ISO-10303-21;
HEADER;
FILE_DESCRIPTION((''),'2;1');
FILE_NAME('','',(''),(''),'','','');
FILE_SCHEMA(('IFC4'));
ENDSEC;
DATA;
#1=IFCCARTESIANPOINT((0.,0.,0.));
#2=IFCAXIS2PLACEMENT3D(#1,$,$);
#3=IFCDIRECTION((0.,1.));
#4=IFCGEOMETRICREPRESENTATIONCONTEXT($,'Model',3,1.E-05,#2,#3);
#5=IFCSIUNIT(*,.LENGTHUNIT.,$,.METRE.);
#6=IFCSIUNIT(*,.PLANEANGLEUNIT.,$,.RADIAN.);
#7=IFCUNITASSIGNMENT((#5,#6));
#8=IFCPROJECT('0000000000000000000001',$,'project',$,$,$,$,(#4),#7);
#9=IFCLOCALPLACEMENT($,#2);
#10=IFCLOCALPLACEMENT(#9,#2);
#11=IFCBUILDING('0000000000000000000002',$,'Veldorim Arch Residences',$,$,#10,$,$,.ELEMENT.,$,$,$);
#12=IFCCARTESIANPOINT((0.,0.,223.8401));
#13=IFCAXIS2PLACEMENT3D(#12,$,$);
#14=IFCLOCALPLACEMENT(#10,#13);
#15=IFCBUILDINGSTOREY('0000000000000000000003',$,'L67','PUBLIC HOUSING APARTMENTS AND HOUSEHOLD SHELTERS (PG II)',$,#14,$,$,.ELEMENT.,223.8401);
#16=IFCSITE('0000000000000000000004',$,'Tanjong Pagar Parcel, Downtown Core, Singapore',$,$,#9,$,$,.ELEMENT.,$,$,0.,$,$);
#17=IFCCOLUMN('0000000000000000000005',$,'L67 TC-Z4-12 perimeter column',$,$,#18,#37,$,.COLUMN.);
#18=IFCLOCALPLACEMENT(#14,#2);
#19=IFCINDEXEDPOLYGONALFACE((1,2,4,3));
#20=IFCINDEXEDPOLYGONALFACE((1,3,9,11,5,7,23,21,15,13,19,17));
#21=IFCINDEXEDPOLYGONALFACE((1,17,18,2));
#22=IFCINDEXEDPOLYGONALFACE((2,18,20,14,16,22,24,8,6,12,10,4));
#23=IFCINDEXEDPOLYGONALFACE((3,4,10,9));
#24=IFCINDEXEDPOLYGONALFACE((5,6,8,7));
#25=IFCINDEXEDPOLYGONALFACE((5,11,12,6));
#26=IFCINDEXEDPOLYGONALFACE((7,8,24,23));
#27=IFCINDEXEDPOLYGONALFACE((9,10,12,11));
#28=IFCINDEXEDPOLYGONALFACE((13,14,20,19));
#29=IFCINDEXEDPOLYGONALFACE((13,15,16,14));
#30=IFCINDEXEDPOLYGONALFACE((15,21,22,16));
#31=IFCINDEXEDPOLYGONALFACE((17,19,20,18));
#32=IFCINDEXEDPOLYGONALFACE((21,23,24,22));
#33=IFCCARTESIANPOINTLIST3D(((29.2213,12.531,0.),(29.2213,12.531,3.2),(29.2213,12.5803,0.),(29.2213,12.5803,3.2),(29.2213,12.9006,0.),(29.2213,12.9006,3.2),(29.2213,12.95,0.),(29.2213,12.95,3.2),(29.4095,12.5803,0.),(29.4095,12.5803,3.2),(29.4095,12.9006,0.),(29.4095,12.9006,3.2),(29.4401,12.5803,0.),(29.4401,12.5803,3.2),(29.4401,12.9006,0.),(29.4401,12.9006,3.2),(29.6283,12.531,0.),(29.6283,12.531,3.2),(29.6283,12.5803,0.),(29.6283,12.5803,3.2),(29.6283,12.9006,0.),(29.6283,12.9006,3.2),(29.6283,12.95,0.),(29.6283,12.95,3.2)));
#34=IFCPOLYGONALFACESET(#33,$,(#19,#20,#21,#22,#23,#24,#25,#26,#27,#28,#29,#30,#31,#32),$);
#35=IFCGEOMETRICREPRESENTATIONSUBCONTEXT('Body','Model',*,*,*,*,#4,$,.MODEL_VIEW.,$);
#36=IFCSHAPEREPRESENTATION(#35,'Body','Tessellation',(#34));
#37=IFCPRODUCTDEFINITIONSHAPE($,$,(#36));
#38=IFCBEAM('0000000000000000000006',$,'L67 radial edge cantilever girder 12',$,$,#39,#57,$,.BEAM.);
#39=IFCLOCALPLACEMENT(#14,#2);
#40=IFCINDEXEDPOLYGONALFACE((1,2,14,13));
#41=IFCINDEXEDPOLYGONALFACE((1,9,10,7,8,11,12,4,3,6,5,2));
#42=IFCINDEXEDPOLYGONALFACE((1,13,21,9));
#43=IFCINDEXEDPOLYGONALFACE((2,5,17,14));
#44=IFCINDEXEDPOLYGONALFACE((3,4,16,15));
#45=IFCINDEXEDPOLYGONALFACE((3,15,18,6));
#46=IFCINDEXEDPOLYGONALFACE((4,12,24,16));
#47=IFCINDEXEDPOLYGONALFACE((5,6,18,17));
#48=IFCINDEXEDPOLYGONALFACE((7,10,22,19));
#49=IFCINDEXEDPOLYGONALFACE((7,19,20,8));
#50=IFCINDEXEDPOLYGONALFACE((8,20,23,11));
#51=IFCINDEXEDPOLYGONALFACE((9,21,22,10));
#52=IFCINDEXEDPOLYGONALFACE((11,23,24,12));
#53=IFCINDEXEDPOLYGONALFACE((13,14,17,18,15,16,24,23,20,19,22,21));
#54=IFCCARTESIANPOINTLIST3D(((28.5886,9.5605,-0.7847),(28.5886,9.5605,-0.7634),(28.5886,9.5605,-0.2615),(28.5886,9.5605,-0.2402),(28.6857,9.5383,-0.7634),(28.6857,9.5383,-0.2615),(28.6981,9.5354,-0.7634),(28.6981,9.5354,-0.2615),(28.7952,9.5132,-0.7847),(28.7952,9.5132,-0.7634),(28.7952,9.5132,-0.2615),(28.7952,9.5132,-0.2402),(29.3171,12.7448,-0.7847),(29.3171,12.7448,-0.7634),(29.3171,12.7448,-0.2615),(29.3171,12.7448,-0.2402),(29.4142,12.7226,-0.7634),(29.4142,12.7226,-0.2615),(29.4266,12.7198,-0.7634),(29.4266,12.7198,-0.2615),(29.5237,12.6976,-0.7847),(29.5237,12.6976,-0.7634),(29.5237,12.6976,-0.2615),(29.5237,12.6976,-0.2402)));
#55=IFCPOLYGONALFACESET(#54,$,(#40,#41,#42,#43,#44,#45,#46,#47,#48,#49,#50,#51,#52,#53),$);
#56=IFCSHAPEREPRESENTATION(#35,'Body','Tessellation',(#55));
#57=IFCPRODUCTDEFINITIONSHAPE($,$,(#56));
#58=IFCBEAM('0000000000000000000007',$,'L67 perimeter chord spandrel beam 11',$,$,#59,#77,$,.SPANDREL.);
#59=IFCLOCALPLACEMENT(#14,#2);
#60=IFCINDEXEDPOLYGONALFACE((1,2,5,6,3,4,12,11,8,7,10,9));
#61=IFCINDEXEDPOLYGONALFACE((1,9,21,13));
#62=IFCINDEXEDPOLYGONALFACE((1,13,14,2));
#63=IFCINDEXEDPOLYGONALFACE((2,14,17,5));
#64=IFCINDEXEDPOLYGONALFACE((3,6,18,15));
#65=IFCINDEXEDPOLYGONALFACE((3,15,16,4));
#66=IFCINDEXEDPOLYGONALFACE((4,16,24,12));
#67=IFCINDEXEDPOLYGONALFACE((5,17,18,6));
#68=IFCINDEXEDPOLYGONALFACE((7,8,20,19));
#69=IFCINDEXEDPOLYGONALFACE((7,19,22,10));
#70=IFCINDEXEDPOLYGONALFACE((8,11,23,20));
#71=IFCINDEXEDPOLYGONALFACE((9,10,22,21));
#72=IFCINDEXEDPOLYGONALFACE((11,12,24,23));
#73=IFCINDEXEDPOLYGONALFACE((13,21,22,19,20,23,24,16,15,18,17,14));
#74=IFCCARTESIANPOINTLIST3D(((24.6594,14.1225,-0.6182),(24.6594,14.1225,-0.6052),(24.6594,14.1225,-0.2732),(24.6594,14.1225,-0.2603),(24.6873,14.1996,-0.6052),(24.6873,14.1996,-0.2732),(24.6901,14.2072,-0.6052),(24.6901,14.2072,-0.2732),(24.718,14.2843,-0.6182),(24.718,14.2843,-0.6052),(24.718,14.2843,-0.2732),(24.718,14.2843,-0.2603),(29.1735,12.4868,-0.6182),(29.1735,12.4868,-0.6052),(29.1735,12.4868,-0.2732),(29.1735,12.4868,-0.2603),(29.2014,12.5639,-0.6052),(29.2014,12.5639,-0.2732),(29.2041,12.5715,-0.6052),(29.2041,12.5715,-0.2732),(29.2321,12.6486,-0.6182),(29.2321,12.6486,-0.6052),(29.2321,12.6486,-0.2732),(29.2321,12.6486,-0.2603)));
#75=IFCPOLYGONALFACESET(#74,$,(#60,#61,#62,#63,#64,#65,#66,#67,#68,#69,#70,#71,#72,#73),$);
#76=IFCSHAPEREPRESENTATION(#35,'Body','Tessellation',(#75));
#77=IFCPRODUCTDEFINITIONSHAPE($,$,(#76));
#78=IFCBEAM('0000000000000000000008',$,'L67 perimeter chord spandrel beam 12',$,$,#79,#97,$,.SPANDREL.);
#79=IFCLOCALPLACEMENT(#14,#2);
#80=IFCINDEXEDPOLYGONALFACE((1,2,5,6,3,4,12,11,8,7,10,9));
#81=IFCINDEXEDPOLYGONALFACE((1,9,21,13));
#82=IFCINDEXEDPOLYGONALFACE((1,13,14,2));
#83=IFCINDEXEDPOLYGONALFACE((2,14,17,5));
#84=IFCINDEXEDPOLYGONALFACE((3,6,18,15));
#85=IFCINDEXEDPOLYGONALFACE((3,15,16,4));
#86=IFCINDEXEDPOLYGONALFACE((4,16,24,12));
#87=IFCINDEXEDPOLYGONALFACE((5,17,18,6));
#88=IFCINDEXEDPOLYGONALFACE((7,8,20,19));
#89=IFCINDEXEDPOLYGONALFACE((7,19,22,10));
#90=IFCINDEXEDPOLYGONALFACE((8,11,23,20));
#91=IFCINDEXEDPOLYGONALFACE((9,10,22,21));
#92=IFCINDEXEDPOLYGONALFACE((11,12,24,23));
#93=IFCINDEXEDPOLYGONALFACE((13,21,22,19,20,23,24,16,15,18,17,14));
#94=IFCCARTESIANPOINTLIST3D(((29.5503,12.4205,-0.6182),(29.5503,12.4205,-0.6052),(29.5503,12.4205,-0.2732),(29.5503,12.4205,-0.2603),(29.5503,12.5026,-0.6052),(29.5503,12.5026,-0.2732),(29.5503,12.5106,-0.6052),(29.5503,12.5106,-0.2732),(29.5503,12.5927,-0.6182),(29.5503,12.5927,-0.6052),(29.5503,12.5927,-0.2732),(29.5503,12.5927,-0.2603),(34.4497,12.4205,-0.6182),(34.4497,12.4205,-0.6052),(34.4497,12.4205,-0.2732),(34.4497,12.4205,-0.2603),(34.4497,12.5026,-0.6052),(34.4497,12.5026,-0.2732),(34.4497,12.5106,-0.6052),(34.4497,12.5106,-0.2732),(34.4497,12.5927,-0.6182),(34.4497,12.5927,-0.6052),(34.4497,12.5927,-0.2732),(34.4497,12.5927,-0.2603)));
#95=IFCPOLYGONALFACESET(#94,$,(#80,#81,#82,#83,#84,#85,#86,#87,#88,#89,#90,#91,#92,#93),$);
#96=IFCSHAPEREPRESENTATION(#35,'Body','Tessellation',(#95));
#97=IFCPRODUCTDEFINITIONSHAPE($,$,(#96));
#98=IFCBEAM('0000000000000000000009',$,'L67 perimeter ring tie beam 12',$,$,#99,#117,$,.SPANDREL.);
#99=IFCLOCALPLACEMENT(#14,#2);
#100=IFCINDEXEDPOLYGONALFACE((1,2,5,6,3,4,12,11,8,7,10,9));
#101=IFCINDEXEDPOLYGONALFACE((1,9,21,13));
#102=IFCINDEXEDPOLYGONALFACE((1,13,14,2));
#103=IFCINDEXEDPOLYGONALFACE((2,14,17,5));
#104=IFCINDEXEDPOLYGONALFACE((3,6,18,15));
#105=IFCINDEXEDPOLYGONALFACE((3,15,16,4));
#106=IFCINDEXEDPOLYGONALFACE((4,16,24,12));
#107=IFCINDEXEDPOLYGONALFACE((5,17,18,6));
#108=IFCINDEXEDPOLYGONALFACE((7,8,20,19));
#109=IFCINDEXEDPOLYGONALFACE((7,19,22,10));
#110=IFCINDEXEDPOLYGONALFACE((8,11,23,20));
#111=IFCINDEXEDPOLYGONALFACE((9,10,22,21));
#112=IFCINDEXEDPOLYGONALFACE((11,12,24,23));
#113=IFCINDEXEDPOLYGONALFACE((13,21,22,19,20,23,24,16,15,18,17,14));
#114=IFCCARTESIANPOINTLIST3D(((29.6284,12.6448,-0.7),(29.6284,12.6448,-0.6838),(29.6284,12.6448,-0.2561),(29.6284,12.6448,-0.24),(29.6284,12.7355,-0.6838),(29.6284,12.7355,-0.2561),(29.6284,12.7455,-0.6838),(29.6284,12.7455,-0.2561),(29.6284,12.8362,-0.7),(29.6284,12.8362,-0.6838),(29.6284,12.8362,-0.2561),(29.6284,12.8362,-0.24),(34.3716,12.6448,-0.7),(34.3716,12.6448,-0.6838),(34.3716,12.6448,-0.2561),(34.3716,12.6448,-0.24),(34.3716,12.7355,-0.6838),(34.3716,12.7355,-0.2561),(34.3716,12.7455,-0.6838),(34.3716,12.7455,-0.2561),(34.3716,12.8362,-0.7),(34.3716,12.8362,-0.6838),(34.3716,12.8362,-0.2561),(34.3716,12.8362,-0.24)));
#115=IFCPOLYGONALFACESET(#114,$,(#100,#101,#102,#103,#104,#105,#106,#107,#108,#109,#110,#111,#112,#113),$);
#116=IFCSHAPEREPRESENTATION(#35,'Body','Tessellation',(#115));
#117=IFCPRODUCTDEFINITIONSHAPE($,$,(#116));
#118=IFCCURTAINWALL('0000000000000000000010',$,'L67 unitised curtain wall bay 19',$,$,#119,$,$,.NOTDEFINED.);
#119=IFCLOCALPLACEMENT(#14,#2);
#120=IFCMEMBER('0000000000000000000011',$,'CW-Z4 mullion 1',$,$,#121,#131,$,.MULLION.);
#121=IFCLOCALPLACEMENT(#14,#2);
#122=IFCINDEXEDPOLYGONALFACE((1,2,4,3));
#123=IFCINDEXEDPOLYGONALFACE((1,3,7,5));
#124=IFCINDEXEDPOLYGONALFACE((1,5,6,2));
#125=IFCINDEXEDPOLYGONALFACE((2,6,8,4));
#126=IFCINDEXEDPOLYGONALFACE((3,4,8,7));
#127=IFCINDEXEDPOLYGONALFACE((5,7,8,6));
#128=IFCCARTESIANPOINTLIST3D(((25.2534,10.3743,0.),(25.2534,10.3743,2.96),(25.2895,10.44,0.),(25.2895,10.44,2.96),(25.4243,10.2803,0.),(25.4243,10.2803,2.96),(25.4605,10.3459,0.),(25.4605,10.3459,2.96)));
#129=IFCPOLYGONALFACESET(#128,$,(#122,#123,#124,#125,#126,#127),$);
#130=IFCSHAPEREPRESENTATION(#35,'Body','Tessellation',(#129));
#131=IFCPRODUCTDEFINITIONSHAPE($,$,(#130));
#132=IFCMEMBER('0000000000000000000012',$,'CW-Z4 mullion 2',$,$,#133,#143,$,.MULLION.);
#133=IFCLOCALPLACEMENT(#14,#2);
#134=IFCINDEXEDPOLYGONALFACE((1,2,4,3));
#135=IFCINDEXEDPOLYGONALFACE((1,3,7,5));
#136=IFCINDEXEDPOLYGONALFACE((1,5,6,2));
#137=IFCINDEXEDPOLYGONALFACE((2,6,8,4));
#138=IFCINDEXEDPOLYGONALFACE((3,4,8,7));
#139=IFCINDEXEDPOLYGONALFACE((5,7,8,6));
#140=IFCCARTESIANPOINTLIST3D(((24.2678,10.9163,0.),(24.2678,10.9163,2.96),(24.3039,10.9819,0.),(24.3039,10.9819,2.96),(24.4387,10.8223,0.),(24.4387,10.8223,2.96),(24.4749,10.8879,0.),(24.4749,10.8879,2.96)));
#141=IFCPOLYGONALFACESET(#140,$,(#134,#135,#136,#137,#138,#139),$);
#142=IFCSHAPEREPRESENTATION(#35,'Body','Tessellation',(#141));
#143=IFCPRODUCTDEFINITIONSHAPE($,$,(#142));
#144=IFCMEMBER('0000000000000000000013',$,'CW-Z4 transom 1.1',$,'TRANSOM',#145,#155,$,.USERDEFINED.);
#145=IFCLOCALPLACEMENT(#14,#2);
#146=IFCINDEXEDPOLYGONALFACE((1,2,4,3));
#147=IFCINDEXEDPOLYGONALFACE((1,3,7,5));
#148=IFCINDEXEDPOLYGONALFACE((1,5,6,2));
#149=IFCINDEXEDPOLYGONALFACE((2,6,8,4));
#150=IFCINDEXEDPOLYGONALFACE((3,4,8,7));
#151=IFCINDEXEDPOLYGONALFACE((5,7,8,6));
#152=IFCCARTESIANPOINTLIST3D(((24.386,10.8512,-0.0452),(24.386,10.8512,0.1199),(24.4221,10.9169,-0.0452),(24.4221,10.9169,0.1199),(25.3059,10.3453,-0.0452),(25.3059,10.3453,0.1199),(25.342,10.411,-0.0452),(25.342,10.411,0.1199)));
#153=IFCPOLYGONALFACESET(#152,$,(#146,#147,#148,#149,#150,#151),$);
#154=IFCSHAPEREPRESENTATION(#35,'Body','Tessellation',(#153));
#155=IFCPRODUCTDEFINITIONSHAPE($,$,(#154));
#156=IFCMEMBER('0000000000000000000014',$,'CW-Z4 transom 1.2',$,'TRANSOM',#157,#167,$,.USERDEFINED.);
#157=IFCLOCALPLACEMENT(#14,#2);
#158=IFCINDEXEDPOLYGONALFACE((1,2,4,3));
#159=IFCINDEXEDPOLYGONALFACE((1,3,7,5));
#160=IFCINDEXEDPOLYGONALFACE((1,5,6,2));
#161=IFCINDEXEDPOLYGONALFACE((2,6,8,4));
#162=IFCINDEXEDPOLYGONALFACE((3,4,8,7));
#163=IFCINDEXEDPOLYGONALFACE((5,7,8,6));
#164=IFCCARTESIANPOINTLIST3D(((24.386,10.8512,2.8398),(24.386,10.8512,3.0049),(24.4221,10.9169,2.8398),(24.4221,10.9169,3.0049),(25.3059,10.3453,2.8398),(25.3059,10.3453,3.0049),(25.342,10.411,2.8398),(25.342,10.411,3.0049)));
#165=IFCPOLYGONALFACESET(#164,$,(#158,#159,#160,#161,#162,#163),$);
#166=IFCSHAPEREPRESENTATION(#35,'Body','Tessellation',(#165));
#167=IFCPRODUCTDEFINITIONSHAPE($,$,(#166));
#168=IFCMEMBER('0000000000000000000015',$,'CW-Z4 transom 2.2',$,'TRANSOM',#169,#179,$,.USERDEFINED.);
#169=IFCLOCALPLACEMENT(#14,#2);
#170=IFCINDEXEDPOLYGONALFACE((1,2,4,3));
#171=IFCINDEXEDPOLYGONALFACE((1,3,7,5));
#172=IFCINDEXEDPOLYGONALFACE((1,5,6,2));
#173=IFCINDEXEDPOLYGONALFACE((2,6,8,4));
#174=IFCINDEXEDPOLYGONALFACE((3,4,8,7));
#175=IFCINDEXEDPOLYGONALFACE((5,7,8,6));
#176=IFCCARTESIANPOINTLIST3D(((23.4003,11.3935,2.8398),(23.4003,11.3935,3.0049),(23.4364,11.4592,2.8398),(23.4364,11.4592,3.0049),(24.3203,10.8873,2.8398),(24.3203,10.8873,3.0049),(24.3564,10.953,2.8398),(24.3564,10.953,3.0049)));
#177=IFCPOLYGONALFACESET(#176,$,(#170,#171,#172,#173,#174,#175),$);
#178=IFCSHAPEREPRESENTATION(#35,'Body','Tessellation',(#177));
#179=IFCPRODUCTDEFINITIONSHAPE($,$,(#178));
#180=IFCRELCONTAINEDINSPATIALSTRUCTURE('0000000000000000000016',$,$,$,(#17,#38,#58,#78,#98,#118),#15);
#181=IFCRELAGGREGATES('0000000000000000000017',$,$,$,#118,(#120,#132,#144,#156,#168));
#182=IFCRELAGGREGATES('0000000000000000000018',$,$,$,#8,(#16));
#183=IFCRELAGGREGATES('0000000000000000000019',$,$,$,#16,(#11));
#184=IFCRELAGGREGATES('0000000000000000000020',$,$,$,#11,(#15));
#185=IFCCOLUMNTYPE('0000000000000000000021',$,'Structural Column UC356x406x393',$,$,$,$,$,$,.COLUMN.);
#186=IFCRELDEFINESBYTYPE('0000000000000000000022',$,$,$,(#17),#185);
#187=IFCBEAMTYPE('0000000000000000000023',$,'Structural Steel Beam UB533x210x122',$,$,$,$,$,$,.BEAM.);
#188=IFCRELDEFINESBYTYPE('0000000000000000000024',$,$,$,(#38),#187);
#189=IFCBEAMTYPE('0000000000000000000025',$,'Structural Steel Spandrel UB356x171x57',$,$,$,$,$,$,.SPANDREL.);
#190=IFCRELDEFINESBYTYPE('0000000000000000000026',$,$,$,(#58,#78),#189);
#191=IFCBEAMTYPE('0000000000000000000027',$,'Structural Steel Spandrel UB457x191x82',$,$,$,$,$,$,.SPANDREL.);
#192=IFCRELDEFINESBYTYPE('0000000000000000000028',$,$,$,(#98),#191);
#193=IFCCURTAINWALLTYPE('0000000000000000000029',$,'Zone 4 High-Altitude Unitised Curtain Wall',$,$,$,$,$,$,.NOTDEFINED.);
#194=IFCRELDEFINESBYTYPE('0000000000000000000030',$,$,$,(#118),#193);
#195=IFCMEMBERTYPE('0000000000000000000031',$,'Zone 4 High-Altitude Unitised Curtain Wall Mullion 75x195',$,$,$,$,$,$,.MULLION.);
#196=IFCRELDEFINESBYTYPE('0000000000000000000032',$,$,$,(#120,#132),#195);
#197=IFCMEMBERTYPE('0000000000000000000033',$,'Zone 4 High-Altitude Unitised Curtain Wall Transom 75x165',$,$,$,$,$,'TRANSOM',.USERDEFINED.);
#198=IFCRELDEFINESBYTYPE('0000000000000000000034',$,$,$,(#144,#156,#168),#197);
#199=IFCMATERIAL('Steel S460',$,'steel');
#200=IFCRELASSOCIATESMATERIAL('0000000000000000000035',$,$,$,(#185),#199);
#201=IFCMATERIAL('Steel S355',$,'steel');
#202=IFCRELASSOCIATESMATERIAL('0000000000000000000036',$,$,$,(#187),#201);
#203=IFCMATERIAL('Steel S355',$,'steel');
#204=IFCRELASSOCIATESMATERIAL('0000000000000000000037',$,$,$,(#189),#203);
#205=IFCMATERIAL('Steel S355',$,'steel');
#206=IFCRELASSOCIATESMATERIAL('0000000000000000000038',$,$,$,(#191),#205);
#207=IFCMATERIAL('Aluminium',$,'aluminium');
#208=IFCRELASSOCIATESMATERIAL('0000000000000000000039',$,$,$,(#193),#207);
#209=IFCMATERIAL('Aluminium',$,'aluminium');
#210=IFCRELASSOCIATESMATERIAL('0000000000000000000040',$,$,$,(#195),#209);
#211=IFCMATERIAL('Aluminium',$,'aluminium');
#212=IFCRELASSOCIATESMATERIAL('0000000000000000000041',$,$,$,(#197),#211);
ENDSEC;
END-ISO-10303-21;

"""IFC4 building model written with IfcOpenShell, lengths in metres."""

from ifc_helpers import new_model, si_unit, direction, frame, origin, origin_2d, place, context, subcontext, project, spatial, rectangle, i_section, extrude, material, material_profile, profile_set, type_object, element, aggregate, save


model = new_model("IFC4")

# Units and contexts
model_context = context("Model", 3, precision=1e-05, world=origin(), true_north=direction((0.0, 1.0)))
body_context = subcontext(model_context, "Body", "Model", "MODEL_VIEW")
ifc_project = project(units=[si_unit("LENGTHUNIT", "METRE"), si_unit("PLANEANGLEUNIT", "RADIAN")], contexts=[model_context])

# Site, building, storey
site_placement = place(None, origin())
site = spatial("IfcSite", under=ifc_project, at=site_placement, Name="Tanjong Pagar Parcel, Downtown Core, Singapore", CompositionType="ELEMENT", RefElevation=0.0)
building_placement = place(site_placement, origin())
building = spatial("IfcBuilding", under=site, at=building_placement, Name="Veldorim Arch Residences", CompositionType="ELEMENT")
storey_placement = place(building_placement, frame((0.0, 0.0, 223.8401)))
storey = spatial("IfcBuildingStorey", under=building, at=storey_placement, Name="L67", Description="PUBLIC HOUSING APARTMENTS AND HOUSEHOLD SHELTERS (PG II)", CompositionType="ELEMENT", Elevation=223.8401)

# Column
ifc_material_1 = material(Name="Steel S460", Category="steel")
ifc_material_profile_1 = material_profile(ifc_material_1, i_section(OverallWidth=0.407, OverallDepth=0.4189, WebThickness=0.0305, FlangeThickness=0.0493, at=origin_2d()), Name="UC356x406x393")
ifc_profile_set_1 = profile_set([ifc_material_profile_1], Name="Steel S460")
column_type = type_object("IfcColumnType", Name="Structural Column UC356x406x393", PredefinedType="COLUMN", material=ifc_profile_set_1)
column_placement = place(storey_placement, frame((29.4248, 12.7405, 0.0), z_axis=(0.0, 0.0, 1.0), x_axis=(1.0, 0.0, 0.0)))
element("IfcColumn", 1, at=column_placement, inside=storey, type_object=column_type, Name="L67 TC-Z4-12 perimeter column", PredefinedType="COLUMN", context=body_context, shape_type="SweptSolid", body=[
    extrude(i_section(OverallWidth=0.407, OverallDepth=0.4189, WebThickness=0.0305, FlangeThickness=0.0493, at=origin_2d()), origin(), (0.0, 0.0, 1.0), 3.2),
])

# Beams
ifc_material_2 = material(Name="Steel S355", Category="steel")
ifc_material_profile_2 = material_profile(ifc_material_2, i_section(OverallWidth=0.2119, OverallDepth=0.5444, WebThickness=0.0127, FlangeThickness=0.0212, at=origin_2d()), Name="UB533x210x122")
ifc_profile_set_2 = profile_set([ifc_material_profile_2], Name="Steel S355")
beam_type_1 = type_object("IfcBeamType", Name="Structural Steel Beam UB533x210x122", PredefinedType="BEAM", material=ifc_profile_set_2)
beam_1_placement = place(storey_placement, frame((29.4204, 12.7212, -0.5125), z_axis=(-0.22302, -0.974814, 0.0), x_axis=(0.974814, -0.22302, 0.0)))
element("IfcBeam", 2, at=beam_1_placement, inside=storey, type_object=beam_type_1, Name="L67 radial edge cantilever girder 12", PredefinedType="BEAM", context=body_context, shape_type="SweptSolid", body=[
    extrude(i_section(OverallWidth=0.2119, OverallDepth=0.5444, WebThickness=0.0127, FlangeThickness=0.0212, at=origin_2d()), origin(), (0.0, 0.0, 1.0), 3.2666),
])
ifc_material_3 = material(Name="Steel S355", Category="steel")
ifc_material_profile_3 = material_profile(ifc_material_3, i_section(OverallWidth=0.1721, OverallDepth=0.3579, WebThickness=0.0081, FlangeThickness=0.0129, at=origin_2d()), Name="UB356x171x57")
ifc_profile_set_3 = profile_set([ifc_material_profile_3], Name="Steel S355")
beam_type_2 = type_object("IfcBeamType", Name="Structural Steel Spandrel UB356x171x57", PredefinedType="SPANDREL", material=ifc_profile_set_3)
beam_2_placement = place(storey_placement, frame((24.6887, 14.2034, -0.4392), z_axis=(0.940179, -0.340681, 0.0), x_axis=(0.340681, 0.940179, 0.0)))
element("IfcBeam", 3, at=beam_2_placement, inside=storey, type_object=beam_type_2, Name="L67 perimeter chord spandrel beam 11", PredefinedType="SPANDREL", context=body_context, shape_type="SweptSolid", body=[
    extrude(i_section(OverallWidth=0.1721, OverallDepth=0.3579, WebThickness=0.0081, FlangeThickness=0.0129, at=origin_2d()), origin(), (0.0, 0.0, 1.0), 4.8013),
])
beam_3_placement = place(storey_placement, frame((29.5503, 12.5066, -0.4392), z_axis=(1.0, 0.0, 0.0), x_axis=(0.0, 1.0, 0.0)))
element("IfcBeam", 4, at=beam_3_placement, inside=storey, type_object=beam_type_2, Name="L67 perimeter chord spandrel beam 12", PredefinedType="SPANDREL", context=body_context, shape_type="SweptSolid", body=[
    extrude(i_section(OverallWidth=0.1721, OverallDepth=0.3579, WebThickness=0.0081, FlangeThickness=0.0129, at=origin_2d()), origin(), (0.0, 0.0, 1.0), 4.8994),
])
ifc_material_4 = material(Name="Steel S355", Category="steel")
ifc_material_profile_4 = material_profile(ifc_material_4, i_section(OverallWidth=0.1914, OverallDepth=0.46, WebThickness=0.01, FlangeThickness=0.0161, at=origin_2d()), Name="UB457x191x82")
ifc_profile_set_4 = profile_set([ifc_material_profile_4], Name="Steel S355")
beam_type_3 = type_object("IfcBeamType", Name="Structural Steel Spandrel UB457x191x82", PredefinedType="SPANDREL", material=ifc_profile_set_4)
beam_4_placement = place(storey_placement, frame((29.6284, 12.7405, -0.47), z_axis=(1.0, 0.0, 0.0), x_axis=(0.0, 1.0, 0.0)))
element("IfcBeam", 5, at=beam_4_placement, inside=storey, type_object=beam_type_3, Name="L67 perimeter ring tie beam 12", PredefinedType="SPANDREL", context=body_context, shape_type="SweptSolid", body=[
    extrude(i_section(OverallWidth=0.1914, OverallDepth=0.46, WebThickness=0.01, FlangeThickness=0.0161, at=origin_2d()), origin(), (0.0, 0.0, 1.0), 4.7432),
])

# Curtain wall, members
ifc_material_5 = material(Name="Aluminium", Category="aluminium")
curtain_wall_type = type_object("IfcCurtainWallType", Name="Zone 4 High-Altitude Unitised Curtain Wall", PredefinedType="NOTDEFINED", material=ifc_material_5)
curtain_wall_placement = place(storey_placement, origin())
curtain_wall = element("IfcCurtainWall", 6, at=curtain_wall_placement, inside=storey, type_object=curtain_wall_type, Name="L67 unitised curtain wall bay 19", PredefinedType="NOTDEFINED")
ifc_material_6 = material(Name="Aluminium", Category="aluminium")
ifc_material_profile_5 = material_profile(ifc_material_6, rectangle(XDim=0.075, YDim=0.1951, at=origin_2d()), Name="ALU_MUL_75x195")
ifc_profile_set_5 = profile_set([ifc_material_profile_5], Name="Aluminium")
member_type_1 = type_object("IfcMemberType", Name="Zone 4 High-Altitude Unitised Curtain Wall Mullion 75x195", PredefinedType="MULLION", material=ifc_profile_set_5)
member_1_placement = place(storey_placement, frame((25.3569, 10.3601, 0.0), z_axis=(0.0, 0.0, 1.0), x_axis=(-0.481953, -0.876197, 0.0)))
member_1 = element("IfcMember", 7, at=member_1_placement, type_object=member_type_1, Name="CW-Z4 mullion 1", PredefinedType="MULLION", context=body_context, shape_type="SweptSolid", body=[
    extrude(rectangle(XDim=0.075, YDim=0.1951, at=origin_2d()), origin(), (0.0, 0.0, 1.0), 2.96),
])
member_2_placement = place(storey_placement, frame((24.3713, 10.9021, 0.0), z_axis=(0.0, 0.0, 1.0), x_axis=(-0.481953, -0.876197, 0.0)))
member_2 = element("IfcMember", 8, at=member_2_placement, type_object=member_type_1, Name="CW-Z4 mullion 2", PredefinedType="MULLION", context=body_context, shape_type="SweptSolid", body=[
    extrude(rectangle(XDim=0.075, YDim=0.1951, at=origin_2d()), origin(), (0.0, 0.0, 1.0), 2.96),
])
ifc_material_7 = material(Name="Aluminium", Category="aluminium")
ifc_material_profile_6 = material_profile(ifc_material_7, rectangle(XDim=0.075, YDim=0.165, at=origin_2d()), Name="ALU_TRN_75x165")
ifc_profile_set_6 = profile_set([ifc_material_profile_6], Name="Aluminium")
member_type_2 = type_object("IfcMemberType", Name="Zone 4 High-Altitude Unitised Curtain Wall Transom 75x165", ElementType="TRANSOM", PredefinedType="USERDEFINED", material=ifc_profile_set_6)
member_3_placement = place(storey_placement, frame((25.324, 10.3782, 0.0374), z_axis=(-0.876255, 0.481847, 0.0), x_axis=(-0.481847, -0.876255, 0.0)))
member_3 = element("IfcMember", 9, at=member_3_placement, type_object=member_type_2, Name="CW-Z4 transom 1.1", ObjectType="TRANSOM", PredefinedType="USERDEFINED", context=body_context, shape_type="SweptSolid", body=[
    extrude(rectangle(XDim=0.075, YDim=0.165, at=origin_2d()), origin(), (0.0, 0.0, 1.0), 1.0498),
])
member_4_placement = place(storey_placement, frame((25.324, 10.3782, 2.9224), z_axis=(-0.876255, 0.481847, 0.0), x_axis=(-0.481847, -0.876255, 0.0)))
member_4 = element("IfcMember", 10, at=member_4_placement, type_object=member_type_2, Name="CW-Z4 transom 1.2", ObjectType="TRANSOM", PredefinedType="USERDEFINED", context=body_context, shape_type="SweptSolid", body=[
    extrude(rectangle(XDim=0.075, YDim=0.165, at=origin_2d()), origin(), (0.0, 0.0, 1.0), 1.0498),
])
member_5_placement = place(storey_placement, frame((24.3384, 10.9202, 2.9224), z_axis=(-0.876157, 0.482026, 0.0), x_axis=(-0.482026, -0.876157, 0.0)))
member_5 = element("IfcMember", 11, at=member_5_placement, type_object=member_type_2, Name="CW-Z4 transom 2.2", ObjectType="TRANSOM", PredefinedType="USERDEFINED", context=body_context, shape_type="SweptSolid", body=[
    extrude(rectangle(XDim=0.075, YDim=0.165, at=origin_2d()), origin(), (0.0, 0.0, 1.0), 1.05),
])
aggregate(curtain_wall, [member_1, member_2, member_3, member_4, member_5])

save(model, "model.ifc")
